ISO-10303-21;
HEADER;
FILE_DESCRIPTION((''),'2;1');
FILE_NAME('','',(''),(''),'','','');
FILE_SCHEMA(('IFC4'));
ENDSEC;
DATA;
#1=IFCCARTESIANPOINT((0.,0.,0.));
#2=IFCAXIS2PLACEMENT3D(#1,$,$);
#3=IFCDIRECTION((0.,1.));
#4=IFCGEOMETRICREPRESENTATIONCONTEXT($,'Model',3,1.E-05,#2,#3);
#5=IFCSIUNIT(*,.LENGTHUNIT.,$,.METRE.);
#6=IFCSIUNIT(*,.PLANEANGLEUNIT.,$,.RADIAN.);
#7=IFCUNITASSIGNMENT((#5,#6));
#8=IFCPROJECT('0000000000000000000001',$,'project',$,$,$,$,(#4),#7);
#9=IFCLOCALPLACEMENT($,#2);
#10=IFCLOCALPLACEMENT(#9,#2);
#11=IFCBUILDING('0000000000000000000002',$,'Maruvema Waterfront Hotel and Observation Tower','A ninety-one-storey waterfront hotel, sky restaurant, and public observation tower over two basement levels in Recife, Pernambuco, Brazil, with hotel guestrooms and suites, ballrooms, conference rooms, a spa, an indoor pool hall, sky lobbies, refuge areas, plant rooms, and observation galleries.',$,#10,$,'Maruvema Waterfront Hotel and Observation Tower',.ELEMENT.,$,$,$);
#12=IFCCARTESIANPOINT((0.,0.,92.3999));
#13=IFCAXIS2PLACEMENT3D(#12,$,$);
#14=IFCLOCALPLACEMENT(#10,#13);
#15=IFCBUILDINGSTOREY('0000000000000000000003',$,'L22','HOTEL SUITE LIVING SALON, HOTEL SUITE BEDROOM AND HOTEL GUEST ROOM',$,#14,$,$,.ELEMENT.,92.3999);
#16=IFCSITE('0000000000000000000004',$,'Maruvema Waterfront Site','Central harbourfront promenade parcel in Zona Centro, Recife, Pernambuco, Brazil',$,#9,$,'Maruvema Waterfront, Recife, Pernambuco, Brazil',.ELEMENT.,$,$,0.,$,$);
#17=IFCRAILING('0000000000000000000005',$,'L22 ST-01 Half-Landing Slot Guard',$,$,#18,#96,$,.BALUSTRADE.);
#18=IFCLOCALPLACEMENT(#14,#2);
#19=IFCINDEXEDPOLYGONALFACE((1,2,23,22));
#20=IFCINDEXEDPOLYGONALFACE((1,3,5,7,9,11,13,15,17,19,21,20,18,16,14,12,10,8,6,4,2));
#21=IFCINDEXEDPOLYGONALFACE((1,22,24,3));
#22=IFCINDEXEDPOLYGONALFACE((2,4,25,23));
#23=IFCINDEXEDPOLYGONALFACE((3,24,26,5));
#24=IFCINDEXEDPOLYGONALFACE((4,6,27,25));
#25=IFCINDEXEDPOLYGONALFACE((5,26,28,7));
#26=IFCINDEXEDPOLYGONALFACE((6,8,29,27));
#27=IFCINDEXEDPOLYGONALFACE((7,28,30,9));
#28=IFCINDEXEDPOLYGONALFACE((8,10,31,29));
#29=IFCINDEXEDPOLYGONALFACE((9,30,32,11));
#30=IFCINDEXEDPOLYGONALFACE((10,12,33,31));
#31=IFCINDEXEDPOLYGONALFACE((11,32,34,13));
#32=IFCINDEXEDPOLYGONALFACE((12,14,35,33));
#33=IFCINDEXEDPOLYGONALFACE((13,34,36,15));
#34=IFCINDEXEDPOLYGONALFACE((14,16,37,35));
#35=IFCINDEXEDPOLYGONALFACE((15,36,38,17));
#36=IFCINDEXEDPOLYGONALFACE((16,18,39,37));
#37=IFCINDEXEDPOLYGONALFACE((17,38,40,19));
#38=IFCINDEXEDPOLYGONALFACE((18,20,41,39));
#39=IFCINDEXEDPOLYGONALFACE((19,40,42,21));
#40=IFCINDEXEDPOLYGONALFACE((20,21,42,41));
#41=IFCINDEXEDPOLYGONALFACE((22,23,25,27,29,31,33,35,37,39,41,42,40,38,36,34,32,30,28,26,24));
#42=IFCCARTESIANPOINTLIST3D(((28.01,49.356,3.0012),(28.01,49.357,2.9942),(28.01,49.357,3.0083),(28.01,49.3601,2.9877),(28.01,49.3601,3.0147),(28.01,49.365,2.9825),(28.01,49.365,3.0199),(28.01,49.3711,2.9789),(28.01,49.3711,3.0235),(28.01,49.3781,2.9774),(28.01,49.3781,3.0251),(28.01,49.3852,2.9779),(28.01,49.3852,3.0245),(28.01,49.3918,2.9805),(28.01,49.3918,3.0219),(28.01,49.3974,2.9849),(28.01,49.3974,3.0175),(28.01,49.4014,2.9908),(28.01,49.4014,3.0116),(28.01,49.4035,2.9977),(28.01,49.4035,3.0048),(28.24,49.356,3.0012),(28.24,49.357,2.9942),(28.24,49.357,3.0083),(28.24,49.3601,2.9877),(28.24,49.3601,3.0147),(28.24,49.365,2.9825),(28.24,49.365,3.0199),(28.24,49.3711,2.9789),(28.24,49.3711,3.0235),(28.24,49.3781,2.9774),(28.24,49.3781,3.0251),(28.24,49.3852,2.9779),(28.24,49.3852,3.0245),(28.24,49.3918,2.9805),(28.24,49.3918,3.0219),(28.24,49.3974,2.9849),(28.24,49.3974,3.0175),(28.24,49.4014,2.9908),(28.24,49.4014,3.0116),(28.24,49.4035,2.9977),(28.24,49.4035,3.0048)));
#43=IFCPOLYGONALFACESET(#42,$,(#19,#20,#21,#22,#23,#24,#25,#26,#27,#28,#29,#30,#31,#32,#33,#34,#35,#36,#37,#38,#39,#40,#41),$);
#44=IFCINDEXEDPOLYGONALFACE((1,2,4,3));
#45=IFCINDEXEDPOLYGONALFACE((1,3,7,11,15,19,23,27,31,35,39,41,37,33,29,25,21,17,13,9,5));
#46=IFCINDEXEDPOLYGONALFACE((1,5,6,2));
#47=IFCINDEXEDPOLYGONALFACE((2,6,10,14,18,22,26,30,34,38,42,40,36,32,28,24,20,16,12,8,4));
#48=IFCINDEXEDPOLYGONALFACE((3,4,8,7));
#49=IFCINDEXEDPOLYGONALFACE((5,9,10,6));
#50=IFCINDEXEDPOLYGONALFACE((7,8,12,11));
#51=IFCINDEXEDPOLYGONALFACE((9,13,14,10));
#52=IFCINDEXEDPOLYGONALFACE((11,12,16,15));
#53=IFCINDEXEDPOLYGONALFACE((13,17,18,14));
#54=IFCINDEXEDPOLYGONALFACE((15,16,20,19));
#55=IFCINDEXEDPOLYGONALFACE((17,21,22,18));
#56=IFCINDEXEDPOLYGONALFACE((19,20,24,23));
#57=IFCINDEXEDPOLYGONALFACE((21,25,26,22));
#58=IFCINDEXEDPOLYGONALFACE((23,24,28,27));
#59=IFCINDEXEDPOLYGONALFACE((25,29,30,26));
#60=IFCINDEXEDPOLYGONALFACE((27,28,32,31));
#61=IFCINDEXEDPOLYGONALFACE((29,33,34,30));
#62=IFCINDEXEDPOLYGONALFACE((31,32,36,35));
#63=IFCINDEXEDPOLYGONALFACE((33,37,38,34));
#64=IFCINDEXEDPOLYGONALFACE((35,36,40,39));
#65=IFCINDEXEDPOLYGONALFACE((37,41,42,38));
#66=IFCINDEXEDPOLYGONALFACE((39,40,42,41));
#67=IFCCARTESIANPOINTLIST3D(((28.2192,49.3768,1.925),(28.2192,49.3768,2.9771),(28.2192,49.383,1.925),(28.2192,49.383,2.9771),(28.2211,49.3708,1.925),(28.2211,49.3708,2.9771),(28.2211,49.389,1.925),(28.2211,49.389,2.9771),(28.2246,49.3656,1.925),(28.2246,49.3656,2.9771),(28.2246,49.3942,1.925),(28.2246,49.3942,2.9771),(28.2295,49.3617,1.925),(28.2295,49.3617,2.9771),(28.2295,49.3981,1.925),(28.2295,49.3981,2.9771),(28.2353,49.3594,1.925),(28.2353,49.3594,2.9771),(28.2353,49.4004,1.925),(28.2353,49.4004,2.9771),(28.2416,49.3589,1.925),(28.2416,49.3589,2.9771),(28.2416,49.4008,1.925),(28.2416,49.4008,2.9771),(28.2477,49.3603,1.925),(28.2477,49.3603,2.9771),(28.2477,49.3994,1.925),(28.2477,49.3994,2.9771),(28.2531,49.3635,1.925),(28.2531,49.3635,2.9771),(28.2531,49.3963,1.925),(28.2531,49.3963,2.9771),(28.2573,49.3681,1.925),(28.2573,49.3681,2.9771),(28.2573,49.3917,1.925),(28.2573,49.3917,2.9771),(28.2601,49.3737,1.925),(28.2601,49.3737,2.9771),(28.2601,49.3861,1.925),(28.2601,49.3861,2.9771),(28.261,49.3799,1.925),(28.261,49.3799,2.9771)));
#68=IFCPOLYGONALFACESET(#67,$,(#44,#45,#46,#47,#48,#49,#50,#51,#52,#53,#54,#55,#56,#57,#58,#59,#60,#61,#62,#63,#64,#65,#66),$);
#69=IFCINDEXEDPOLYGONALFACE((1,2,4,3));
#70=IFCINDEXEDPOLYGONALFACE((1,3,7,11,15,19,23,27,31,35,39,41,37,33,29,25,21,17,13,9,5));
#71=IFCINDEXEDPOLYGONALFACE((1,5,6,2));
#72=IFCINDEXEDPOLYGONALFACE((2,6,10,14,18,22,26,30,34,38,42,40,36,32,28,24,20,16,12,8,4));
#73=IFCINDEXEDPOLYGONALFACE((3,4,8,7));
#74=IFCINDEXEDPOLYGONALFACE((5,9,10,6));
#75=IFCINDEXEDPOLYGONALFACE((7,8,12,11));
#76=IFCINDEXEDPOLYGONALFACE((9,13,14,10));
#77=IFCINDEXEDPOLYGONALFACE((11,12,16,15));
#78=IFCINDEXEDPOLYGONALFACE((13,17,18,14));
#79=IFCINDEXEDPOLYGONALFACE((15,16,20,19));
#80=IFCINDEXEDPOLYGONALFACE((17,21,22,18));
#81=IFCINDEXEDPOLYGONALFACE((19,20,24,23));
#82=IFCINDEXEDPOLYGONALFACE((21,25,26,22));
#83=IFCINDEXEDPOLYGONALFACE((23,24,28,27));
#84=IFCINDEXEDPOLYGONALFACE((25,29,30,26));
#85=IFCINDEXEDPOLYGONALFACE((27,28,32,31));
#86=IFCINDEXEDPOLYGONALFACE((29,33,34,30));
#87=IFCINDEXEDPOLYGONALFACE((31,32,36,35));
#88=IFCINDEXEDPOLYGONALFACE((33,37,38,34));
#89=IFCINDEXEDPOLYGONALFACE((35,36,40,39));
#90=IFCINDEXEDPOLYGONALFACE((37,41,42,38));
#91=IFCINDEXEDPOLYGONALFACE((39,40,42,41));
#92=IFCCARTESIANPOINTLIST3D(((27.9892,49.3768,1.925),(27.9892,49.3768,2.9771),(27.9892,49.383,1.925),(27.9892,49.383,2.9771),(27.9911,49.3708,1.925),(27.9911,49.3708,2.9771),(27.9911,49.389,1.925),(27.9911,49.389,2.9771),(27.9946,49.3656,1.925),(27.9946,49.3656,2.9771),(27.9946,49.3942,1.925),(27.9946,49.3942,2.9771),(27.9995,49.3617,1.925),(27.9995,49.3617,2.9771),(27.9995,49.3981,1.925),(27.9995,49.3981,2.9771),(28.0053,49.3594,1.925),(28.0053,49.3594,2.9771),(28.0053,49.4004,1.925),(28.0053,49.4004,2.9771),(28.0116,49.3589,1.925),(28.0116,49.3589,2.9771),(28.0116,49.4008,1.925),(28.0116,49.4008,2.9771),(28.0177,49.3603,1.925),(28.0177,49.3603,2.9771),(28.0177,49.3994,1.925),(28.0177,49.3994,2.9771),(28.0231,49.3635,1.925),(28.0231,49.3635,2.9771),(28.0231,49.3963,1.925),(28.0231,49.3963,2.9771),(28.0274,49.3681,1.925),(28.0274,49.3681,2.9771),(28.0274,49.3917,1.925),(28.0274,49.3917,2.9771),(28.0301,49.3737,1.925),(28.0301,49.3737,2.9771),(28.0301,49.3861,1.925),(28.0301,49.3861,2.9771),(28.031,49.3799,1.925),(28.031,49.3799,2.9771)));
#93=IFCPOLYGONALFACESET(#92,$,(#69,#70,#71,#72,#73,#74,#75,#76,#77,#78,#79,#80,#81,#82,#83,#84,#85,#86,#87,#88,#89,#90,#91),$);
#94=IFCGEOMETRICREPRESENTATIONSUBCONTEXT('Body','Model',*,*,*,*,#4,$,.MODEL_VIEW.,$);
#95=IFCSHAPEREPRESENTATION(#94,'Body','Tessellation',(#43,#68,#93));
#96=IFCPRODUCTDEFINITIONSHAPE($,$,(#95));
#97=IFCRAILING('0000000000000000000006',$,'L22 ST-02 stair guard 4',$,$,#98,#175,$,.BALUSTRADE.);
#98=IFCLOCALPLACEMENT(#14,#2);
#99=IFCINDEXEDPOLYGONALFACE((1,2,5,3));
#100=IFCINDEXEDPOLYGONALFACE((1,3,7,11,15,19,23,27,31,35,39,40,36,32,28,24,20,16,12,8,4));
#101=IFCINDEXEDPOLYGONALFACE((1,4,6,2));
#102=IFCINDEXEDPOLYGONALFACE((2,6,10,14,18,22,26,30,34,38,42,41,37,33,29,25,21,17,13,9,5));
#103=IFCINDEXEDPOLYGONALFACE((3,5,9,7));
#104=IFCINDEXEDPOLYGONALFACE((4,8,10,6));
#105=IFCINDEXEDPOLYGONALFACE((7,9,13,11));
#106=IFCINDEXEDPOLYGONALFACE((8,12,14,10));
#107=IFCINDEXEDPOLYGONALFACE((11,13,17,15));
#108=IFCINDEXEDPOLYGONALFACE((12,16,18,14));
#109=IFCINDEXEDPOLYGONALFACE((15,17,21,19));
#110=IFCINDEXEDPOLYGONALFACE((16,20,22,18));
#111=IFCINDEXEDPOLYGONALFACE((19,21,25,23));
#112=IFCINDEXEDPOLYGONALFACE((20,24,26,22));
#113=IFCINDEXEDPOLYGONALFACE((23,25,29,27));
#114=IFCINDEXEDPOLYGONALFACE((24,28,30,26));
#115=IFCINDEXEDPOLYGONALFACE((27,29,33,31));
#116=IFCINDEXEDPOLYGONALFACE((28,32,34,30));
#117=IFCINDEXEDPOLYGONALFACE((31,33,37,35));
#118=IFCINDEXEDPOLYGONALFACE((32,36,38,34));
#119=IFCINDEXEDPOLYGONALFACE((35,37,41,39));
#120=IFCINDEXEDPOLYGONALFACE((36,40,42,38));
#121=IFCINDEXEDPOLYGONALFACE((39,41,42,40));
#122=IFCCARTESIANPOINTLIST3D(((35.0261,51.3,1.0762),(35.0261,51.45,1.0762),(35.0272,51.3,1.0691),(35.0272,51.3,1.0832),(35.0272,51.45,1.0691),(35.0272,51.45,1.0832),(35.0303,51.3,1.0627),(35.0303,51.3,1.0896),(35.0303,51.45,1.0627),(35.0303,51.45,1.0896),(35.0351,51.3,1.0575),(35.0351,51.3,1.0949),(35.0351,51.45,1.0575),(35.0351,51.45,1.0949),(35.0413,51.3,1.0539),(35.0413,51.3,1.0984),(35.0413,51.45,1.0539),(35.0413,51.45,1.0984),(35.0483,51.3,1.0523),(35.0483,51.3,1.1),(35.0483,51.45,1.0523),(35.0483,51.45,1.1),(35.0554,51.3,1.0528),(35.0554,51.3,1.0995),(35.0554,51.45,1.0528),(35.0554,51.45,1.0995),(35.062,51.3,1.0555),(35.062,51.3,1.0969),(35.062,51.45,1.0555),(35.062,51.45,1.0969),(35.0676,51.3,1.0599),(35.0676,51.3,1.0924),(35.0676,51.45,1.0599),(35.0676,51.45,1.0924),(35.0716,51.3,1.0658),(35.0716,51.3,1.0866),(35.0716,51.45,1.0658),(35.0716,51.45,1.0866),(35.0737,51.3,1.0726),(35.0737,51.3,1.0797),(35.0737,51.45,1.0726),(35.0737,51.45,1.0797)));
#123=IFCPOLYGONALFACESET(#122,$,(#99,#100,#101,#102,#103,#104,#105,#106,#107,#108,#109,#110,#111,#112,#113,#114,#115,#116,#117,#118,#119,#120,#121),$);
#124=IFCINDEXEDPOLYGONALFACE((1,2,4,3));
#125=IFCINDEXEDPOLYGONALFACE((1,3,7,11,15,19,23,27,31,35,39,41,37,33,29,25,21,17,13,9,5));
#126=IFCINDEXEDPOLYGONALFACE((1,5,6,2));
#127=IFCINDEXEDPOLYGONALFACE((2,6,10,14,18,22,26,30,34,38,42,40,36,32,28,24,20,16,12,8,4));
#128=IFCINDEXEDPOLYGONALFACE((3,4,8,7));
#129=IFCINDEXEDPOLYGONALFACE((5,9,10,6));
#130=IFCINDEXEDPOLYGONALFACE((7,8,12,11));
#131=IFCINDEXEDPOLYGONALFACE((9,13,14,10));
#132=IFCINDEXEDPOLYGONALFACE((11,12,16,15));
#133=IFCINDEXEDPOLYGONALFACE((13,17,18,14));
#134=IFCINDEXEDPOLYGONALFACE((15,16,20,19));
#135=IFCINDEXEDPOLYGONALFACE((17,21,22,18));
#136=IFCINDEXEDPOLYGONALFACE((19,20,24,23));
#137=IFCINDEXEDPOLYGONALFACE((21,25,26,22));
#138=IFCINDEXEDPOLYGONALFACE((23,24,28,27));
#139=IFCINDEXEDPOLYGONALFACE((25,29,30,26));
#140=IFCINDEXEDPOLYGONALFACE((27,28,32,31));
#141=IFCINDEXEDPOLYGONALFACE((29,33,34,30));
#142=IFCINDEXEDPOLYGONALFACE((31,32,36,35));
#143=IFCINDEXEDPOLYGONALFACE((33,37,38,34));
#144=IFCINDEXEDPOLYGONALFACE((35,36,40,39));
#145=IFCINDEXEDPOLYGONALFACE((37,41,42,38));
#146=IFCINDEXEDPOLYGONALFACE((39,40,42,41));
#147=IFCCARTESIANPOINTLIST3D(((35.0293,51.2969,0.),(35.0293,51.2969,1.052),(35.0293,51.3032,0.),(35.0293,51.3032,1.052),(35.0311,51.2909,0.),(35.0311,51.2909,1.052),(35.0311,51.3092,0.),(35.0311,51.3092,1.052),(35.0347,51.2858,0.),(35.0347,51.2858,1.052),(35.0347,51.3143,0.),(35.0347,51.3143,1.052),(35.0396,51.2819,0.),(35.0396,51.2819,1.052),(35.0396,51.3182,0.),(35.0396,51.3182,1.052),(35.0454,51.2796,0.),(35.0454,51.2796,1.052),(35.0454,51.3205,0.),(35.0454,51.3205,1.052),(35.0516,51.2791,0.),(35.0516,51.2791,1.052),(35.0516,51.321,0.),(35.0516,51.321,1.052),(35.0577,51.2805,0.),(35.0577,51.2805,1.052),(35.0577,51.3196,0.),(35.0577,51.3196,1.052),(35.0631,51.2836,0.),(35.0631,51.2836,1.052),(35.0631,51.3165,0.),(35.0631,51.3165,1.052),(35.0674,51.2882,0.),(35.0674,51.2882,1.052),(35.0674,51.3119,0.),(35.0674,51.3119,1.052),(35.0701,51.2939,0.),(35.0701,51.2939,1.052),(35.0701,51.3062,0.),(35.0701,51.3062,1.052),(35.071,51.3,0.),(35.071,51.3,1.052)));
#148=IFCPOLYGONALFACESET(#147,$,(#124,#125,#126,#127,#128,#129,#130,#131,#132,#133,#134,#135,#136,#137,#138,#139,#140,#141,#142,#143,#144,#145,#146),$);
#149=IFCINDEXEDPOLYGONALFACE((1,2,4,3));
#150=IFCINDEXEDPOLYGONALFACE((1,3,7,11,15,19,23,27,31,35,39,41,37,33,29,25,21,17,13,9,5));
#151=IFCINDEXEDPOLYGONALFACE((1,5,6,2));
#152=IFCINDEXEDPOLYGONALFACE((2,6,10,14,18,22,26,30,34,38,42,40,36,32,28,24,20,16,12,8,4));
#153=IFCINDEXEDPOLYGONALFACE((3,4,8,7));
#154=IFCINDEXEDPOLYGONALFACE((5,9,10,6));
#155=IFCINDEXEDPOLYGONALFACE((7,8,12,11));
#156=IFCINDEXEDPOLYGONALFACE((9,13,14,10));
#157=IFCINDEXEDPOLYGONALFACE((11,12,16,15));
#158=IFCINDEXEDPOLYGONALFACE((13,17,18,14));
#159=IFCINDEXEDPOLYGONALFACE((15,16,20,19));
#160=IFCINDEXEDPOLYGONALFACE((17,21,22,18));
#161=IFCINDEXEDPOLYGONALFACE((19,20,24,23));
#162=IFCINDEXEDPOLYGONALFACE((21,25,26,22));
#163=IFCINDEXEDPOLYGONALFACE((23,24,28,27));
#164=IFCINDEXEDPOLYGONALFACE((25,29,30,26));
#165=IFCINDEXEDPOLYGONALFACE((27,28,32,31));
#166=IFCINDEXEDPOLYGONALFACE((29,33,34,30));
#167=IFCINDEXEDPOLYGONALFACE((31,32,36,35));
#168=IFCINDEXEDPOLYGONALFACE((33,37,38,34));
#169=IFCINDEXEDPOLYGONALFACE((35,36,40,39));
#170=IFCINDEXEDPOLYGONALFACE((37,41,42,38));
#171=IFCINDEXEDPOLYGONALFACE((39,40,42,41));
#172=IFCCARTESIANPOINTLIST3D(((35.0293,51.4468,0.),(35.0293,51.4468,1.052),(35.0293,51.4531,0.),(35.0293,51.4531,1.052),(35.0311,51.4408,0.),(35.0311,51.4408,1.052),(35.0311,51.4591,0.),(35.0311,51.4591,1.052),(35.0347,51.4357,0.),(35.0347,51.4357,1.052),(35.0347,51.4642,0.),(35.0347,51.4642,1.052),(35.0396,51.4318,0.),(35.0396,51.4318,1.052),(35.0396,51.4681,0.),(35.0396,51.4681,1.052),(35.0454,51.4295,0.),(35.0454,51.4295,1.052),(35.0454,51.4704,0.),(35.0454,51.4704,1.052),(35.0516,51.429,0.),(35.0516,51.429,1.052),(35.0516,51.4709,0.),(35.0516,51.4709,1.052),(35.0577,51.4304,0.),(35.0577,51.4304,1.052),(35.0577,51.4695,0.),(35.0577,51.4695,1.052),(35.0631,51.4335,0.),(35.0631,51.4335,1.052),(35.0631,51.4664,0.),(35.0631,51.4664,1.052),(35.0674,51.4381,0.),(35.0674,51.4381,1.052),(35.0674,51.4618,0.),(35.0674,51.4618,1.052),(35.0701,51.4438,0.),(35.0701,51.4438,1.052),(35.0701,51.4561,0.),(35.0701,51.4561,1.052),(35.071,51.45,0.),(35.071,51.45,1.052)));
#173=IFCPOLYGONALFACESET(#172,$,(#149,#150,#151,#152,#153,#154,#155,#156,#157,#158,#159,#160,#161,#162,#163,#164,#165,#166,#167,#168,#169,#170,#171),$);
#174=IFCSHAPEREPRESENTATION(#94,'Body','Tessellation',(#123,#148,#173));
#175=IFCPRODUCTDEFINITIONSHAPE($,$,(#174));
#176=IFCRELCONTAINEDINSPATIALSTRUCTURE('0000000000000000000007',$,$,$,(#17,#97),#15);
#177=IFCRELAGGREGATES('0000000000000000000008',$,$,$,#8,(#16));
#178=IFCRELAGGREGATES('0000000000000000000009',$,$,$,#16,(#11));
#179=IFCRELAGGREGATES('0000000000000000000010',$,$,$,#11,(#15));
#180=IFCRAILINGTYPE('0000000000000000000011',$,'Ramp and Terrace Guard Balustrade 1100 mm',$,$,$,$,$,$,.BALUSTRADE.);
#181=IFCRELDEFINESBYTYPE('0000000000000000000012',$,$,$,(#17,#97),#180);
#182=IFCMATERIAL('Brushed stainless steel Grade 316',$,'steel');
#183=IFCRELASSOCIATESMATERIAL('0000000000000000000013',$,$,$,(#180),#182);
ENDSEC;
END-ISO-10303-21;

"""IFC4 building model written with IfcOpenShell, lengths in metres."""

from ifc_helpers import new_model, si_unit, direction, frame, origin, origin_2d, place, context, subcontext, project, spatial, circle, extrude, material, type_object, element, save


model = new_model("IFC4")

# Units and contexts
model_context = context("Model", 3, precision=1e-05, world=origin(), true_north=direction((0.0, 1.0)))
body_context = subcontext(model_context, "Body", "Model", "MODEL_VIEW")
ifc_project = project(units=[si_unit("LENGTHUNIT", "METRE"), si_unit("PLANEANGLEUNIT", "RADIAN")], contexts=[model_context])

# Site, building, storey
site_placement = place(None, origin())
site = spatial("IfcSite", under=ifc_project, at=site_placement, Name="Maruvema Waterfront Site", Description="Central harbourfront promenade parcel in Zona Centro, Recife, Pernambuco, Brazil", LongName="Maruvema Waterfront, Recife, Pernambuco, Brazil", CompositionType="ELEMENT", RefElevation=0.0)
building_placement = place(site_placement, origin())
building = spatial("IfcBuilding", under=site, at=building_placement, Name="Maruvema Waterfront Hotel and Observation Tower", Description="A ninety-one-storey waterfront hotel, sky restaurant, and public observation tower over two basement levels in Recife, Pernambuco, Brazil, with hotel guestrooms and suites, ballrooms, conference rooms, a spa, an indoor pool hall, sky lobbies, refuge areas, plant rooms, and observation galleries.", LongName="Maruvema Waterfront Hotel and Observation Tower", CompositionType="ELEMENT")
storey_placement = place(building_placement, frame((0.0, 0.0, 92.3999)))
storey = spatial("IfcBuildingStorey", under=building, at=storey_placement, Name="L22", Description="HOTEL SUITE LIVING SALON, HOTEL SUITE BEDROOM AND HOTEL GUEST ROOM", CompositionType="ELEMENT", Elevation=92.3999)

# Railings
ifc_material_1 = material(Name="Brushed stainless steel Grade 316", Category="steel")
railing_type_1 = type_object("IfcRailingType", Name="Ramp and Terrace Guard Balustrade 1100 mm", PredefinedType="BALUSTRADE", material=ifc_material_1)
railing_1_placement = place(storey_placement, frame((28.24, 49.3799, 1.925)))
element("IfcRailing", 1, at=railing_1_placement, inside=storey, type_object=railing_type_1, Name="L22 ST-01 Half-Landing Slot Guard", PredefinedType="BALUSTRADE", context=body_context, shape_type="SweptSolid", body=[
    extrude(circle(Radius=0.0239, at=origin_2d()), frame((0.0, 0.0, 1.0762), z_axis=(-1.0, 0.0, 0.0), x_axis=(0.0, -1.0, 0.0)), (0.0, 0.0, 1.0), 0.23),
    extrude(circle(Radius=0.021, at=origin_2d()), origin(), (0.0, 0.0, 1.0), 1.052),
    extrude(circle(Radius=0.021, at=origin_2d()), frame((-0.23, 0.0, 0.0)), (0.0, 0.0, 1.0), 1.052),
])
railing_2_placement = place(storey_placement, frame((35.05, 51.3, 0.0)))
element("IfcRailing", 2, at=railing_2_placement, inside=storey, type_object=railing_type_1, Name="L22 ST-02 stair guard 4", PredefinedType="BALUSTRADE", context=body_context, shape_type="SweptSolid", body=[
    extrude(circle(Radius=0.0239, at=origin_2d()), frame((0.0, 0.0, 1.0762), z_axis=(0.0, 1.0, 0.0), x_axis=(-1.0, 0.0, 0.0)), (0.0, 0.0, 1.0), 0.1499),
    extrude(circle(Radius=0.021, at=origin_2d()), origin(), (0.0, 0.0, 1.0), 1.052),
    extrude(circle(Radius=0.021, at=origin_2d()), frame((0.0, 0.1499, 0.0)), (0.0, 0.0, 1.0), 1.052),
])

save(model, "model.ifc")
